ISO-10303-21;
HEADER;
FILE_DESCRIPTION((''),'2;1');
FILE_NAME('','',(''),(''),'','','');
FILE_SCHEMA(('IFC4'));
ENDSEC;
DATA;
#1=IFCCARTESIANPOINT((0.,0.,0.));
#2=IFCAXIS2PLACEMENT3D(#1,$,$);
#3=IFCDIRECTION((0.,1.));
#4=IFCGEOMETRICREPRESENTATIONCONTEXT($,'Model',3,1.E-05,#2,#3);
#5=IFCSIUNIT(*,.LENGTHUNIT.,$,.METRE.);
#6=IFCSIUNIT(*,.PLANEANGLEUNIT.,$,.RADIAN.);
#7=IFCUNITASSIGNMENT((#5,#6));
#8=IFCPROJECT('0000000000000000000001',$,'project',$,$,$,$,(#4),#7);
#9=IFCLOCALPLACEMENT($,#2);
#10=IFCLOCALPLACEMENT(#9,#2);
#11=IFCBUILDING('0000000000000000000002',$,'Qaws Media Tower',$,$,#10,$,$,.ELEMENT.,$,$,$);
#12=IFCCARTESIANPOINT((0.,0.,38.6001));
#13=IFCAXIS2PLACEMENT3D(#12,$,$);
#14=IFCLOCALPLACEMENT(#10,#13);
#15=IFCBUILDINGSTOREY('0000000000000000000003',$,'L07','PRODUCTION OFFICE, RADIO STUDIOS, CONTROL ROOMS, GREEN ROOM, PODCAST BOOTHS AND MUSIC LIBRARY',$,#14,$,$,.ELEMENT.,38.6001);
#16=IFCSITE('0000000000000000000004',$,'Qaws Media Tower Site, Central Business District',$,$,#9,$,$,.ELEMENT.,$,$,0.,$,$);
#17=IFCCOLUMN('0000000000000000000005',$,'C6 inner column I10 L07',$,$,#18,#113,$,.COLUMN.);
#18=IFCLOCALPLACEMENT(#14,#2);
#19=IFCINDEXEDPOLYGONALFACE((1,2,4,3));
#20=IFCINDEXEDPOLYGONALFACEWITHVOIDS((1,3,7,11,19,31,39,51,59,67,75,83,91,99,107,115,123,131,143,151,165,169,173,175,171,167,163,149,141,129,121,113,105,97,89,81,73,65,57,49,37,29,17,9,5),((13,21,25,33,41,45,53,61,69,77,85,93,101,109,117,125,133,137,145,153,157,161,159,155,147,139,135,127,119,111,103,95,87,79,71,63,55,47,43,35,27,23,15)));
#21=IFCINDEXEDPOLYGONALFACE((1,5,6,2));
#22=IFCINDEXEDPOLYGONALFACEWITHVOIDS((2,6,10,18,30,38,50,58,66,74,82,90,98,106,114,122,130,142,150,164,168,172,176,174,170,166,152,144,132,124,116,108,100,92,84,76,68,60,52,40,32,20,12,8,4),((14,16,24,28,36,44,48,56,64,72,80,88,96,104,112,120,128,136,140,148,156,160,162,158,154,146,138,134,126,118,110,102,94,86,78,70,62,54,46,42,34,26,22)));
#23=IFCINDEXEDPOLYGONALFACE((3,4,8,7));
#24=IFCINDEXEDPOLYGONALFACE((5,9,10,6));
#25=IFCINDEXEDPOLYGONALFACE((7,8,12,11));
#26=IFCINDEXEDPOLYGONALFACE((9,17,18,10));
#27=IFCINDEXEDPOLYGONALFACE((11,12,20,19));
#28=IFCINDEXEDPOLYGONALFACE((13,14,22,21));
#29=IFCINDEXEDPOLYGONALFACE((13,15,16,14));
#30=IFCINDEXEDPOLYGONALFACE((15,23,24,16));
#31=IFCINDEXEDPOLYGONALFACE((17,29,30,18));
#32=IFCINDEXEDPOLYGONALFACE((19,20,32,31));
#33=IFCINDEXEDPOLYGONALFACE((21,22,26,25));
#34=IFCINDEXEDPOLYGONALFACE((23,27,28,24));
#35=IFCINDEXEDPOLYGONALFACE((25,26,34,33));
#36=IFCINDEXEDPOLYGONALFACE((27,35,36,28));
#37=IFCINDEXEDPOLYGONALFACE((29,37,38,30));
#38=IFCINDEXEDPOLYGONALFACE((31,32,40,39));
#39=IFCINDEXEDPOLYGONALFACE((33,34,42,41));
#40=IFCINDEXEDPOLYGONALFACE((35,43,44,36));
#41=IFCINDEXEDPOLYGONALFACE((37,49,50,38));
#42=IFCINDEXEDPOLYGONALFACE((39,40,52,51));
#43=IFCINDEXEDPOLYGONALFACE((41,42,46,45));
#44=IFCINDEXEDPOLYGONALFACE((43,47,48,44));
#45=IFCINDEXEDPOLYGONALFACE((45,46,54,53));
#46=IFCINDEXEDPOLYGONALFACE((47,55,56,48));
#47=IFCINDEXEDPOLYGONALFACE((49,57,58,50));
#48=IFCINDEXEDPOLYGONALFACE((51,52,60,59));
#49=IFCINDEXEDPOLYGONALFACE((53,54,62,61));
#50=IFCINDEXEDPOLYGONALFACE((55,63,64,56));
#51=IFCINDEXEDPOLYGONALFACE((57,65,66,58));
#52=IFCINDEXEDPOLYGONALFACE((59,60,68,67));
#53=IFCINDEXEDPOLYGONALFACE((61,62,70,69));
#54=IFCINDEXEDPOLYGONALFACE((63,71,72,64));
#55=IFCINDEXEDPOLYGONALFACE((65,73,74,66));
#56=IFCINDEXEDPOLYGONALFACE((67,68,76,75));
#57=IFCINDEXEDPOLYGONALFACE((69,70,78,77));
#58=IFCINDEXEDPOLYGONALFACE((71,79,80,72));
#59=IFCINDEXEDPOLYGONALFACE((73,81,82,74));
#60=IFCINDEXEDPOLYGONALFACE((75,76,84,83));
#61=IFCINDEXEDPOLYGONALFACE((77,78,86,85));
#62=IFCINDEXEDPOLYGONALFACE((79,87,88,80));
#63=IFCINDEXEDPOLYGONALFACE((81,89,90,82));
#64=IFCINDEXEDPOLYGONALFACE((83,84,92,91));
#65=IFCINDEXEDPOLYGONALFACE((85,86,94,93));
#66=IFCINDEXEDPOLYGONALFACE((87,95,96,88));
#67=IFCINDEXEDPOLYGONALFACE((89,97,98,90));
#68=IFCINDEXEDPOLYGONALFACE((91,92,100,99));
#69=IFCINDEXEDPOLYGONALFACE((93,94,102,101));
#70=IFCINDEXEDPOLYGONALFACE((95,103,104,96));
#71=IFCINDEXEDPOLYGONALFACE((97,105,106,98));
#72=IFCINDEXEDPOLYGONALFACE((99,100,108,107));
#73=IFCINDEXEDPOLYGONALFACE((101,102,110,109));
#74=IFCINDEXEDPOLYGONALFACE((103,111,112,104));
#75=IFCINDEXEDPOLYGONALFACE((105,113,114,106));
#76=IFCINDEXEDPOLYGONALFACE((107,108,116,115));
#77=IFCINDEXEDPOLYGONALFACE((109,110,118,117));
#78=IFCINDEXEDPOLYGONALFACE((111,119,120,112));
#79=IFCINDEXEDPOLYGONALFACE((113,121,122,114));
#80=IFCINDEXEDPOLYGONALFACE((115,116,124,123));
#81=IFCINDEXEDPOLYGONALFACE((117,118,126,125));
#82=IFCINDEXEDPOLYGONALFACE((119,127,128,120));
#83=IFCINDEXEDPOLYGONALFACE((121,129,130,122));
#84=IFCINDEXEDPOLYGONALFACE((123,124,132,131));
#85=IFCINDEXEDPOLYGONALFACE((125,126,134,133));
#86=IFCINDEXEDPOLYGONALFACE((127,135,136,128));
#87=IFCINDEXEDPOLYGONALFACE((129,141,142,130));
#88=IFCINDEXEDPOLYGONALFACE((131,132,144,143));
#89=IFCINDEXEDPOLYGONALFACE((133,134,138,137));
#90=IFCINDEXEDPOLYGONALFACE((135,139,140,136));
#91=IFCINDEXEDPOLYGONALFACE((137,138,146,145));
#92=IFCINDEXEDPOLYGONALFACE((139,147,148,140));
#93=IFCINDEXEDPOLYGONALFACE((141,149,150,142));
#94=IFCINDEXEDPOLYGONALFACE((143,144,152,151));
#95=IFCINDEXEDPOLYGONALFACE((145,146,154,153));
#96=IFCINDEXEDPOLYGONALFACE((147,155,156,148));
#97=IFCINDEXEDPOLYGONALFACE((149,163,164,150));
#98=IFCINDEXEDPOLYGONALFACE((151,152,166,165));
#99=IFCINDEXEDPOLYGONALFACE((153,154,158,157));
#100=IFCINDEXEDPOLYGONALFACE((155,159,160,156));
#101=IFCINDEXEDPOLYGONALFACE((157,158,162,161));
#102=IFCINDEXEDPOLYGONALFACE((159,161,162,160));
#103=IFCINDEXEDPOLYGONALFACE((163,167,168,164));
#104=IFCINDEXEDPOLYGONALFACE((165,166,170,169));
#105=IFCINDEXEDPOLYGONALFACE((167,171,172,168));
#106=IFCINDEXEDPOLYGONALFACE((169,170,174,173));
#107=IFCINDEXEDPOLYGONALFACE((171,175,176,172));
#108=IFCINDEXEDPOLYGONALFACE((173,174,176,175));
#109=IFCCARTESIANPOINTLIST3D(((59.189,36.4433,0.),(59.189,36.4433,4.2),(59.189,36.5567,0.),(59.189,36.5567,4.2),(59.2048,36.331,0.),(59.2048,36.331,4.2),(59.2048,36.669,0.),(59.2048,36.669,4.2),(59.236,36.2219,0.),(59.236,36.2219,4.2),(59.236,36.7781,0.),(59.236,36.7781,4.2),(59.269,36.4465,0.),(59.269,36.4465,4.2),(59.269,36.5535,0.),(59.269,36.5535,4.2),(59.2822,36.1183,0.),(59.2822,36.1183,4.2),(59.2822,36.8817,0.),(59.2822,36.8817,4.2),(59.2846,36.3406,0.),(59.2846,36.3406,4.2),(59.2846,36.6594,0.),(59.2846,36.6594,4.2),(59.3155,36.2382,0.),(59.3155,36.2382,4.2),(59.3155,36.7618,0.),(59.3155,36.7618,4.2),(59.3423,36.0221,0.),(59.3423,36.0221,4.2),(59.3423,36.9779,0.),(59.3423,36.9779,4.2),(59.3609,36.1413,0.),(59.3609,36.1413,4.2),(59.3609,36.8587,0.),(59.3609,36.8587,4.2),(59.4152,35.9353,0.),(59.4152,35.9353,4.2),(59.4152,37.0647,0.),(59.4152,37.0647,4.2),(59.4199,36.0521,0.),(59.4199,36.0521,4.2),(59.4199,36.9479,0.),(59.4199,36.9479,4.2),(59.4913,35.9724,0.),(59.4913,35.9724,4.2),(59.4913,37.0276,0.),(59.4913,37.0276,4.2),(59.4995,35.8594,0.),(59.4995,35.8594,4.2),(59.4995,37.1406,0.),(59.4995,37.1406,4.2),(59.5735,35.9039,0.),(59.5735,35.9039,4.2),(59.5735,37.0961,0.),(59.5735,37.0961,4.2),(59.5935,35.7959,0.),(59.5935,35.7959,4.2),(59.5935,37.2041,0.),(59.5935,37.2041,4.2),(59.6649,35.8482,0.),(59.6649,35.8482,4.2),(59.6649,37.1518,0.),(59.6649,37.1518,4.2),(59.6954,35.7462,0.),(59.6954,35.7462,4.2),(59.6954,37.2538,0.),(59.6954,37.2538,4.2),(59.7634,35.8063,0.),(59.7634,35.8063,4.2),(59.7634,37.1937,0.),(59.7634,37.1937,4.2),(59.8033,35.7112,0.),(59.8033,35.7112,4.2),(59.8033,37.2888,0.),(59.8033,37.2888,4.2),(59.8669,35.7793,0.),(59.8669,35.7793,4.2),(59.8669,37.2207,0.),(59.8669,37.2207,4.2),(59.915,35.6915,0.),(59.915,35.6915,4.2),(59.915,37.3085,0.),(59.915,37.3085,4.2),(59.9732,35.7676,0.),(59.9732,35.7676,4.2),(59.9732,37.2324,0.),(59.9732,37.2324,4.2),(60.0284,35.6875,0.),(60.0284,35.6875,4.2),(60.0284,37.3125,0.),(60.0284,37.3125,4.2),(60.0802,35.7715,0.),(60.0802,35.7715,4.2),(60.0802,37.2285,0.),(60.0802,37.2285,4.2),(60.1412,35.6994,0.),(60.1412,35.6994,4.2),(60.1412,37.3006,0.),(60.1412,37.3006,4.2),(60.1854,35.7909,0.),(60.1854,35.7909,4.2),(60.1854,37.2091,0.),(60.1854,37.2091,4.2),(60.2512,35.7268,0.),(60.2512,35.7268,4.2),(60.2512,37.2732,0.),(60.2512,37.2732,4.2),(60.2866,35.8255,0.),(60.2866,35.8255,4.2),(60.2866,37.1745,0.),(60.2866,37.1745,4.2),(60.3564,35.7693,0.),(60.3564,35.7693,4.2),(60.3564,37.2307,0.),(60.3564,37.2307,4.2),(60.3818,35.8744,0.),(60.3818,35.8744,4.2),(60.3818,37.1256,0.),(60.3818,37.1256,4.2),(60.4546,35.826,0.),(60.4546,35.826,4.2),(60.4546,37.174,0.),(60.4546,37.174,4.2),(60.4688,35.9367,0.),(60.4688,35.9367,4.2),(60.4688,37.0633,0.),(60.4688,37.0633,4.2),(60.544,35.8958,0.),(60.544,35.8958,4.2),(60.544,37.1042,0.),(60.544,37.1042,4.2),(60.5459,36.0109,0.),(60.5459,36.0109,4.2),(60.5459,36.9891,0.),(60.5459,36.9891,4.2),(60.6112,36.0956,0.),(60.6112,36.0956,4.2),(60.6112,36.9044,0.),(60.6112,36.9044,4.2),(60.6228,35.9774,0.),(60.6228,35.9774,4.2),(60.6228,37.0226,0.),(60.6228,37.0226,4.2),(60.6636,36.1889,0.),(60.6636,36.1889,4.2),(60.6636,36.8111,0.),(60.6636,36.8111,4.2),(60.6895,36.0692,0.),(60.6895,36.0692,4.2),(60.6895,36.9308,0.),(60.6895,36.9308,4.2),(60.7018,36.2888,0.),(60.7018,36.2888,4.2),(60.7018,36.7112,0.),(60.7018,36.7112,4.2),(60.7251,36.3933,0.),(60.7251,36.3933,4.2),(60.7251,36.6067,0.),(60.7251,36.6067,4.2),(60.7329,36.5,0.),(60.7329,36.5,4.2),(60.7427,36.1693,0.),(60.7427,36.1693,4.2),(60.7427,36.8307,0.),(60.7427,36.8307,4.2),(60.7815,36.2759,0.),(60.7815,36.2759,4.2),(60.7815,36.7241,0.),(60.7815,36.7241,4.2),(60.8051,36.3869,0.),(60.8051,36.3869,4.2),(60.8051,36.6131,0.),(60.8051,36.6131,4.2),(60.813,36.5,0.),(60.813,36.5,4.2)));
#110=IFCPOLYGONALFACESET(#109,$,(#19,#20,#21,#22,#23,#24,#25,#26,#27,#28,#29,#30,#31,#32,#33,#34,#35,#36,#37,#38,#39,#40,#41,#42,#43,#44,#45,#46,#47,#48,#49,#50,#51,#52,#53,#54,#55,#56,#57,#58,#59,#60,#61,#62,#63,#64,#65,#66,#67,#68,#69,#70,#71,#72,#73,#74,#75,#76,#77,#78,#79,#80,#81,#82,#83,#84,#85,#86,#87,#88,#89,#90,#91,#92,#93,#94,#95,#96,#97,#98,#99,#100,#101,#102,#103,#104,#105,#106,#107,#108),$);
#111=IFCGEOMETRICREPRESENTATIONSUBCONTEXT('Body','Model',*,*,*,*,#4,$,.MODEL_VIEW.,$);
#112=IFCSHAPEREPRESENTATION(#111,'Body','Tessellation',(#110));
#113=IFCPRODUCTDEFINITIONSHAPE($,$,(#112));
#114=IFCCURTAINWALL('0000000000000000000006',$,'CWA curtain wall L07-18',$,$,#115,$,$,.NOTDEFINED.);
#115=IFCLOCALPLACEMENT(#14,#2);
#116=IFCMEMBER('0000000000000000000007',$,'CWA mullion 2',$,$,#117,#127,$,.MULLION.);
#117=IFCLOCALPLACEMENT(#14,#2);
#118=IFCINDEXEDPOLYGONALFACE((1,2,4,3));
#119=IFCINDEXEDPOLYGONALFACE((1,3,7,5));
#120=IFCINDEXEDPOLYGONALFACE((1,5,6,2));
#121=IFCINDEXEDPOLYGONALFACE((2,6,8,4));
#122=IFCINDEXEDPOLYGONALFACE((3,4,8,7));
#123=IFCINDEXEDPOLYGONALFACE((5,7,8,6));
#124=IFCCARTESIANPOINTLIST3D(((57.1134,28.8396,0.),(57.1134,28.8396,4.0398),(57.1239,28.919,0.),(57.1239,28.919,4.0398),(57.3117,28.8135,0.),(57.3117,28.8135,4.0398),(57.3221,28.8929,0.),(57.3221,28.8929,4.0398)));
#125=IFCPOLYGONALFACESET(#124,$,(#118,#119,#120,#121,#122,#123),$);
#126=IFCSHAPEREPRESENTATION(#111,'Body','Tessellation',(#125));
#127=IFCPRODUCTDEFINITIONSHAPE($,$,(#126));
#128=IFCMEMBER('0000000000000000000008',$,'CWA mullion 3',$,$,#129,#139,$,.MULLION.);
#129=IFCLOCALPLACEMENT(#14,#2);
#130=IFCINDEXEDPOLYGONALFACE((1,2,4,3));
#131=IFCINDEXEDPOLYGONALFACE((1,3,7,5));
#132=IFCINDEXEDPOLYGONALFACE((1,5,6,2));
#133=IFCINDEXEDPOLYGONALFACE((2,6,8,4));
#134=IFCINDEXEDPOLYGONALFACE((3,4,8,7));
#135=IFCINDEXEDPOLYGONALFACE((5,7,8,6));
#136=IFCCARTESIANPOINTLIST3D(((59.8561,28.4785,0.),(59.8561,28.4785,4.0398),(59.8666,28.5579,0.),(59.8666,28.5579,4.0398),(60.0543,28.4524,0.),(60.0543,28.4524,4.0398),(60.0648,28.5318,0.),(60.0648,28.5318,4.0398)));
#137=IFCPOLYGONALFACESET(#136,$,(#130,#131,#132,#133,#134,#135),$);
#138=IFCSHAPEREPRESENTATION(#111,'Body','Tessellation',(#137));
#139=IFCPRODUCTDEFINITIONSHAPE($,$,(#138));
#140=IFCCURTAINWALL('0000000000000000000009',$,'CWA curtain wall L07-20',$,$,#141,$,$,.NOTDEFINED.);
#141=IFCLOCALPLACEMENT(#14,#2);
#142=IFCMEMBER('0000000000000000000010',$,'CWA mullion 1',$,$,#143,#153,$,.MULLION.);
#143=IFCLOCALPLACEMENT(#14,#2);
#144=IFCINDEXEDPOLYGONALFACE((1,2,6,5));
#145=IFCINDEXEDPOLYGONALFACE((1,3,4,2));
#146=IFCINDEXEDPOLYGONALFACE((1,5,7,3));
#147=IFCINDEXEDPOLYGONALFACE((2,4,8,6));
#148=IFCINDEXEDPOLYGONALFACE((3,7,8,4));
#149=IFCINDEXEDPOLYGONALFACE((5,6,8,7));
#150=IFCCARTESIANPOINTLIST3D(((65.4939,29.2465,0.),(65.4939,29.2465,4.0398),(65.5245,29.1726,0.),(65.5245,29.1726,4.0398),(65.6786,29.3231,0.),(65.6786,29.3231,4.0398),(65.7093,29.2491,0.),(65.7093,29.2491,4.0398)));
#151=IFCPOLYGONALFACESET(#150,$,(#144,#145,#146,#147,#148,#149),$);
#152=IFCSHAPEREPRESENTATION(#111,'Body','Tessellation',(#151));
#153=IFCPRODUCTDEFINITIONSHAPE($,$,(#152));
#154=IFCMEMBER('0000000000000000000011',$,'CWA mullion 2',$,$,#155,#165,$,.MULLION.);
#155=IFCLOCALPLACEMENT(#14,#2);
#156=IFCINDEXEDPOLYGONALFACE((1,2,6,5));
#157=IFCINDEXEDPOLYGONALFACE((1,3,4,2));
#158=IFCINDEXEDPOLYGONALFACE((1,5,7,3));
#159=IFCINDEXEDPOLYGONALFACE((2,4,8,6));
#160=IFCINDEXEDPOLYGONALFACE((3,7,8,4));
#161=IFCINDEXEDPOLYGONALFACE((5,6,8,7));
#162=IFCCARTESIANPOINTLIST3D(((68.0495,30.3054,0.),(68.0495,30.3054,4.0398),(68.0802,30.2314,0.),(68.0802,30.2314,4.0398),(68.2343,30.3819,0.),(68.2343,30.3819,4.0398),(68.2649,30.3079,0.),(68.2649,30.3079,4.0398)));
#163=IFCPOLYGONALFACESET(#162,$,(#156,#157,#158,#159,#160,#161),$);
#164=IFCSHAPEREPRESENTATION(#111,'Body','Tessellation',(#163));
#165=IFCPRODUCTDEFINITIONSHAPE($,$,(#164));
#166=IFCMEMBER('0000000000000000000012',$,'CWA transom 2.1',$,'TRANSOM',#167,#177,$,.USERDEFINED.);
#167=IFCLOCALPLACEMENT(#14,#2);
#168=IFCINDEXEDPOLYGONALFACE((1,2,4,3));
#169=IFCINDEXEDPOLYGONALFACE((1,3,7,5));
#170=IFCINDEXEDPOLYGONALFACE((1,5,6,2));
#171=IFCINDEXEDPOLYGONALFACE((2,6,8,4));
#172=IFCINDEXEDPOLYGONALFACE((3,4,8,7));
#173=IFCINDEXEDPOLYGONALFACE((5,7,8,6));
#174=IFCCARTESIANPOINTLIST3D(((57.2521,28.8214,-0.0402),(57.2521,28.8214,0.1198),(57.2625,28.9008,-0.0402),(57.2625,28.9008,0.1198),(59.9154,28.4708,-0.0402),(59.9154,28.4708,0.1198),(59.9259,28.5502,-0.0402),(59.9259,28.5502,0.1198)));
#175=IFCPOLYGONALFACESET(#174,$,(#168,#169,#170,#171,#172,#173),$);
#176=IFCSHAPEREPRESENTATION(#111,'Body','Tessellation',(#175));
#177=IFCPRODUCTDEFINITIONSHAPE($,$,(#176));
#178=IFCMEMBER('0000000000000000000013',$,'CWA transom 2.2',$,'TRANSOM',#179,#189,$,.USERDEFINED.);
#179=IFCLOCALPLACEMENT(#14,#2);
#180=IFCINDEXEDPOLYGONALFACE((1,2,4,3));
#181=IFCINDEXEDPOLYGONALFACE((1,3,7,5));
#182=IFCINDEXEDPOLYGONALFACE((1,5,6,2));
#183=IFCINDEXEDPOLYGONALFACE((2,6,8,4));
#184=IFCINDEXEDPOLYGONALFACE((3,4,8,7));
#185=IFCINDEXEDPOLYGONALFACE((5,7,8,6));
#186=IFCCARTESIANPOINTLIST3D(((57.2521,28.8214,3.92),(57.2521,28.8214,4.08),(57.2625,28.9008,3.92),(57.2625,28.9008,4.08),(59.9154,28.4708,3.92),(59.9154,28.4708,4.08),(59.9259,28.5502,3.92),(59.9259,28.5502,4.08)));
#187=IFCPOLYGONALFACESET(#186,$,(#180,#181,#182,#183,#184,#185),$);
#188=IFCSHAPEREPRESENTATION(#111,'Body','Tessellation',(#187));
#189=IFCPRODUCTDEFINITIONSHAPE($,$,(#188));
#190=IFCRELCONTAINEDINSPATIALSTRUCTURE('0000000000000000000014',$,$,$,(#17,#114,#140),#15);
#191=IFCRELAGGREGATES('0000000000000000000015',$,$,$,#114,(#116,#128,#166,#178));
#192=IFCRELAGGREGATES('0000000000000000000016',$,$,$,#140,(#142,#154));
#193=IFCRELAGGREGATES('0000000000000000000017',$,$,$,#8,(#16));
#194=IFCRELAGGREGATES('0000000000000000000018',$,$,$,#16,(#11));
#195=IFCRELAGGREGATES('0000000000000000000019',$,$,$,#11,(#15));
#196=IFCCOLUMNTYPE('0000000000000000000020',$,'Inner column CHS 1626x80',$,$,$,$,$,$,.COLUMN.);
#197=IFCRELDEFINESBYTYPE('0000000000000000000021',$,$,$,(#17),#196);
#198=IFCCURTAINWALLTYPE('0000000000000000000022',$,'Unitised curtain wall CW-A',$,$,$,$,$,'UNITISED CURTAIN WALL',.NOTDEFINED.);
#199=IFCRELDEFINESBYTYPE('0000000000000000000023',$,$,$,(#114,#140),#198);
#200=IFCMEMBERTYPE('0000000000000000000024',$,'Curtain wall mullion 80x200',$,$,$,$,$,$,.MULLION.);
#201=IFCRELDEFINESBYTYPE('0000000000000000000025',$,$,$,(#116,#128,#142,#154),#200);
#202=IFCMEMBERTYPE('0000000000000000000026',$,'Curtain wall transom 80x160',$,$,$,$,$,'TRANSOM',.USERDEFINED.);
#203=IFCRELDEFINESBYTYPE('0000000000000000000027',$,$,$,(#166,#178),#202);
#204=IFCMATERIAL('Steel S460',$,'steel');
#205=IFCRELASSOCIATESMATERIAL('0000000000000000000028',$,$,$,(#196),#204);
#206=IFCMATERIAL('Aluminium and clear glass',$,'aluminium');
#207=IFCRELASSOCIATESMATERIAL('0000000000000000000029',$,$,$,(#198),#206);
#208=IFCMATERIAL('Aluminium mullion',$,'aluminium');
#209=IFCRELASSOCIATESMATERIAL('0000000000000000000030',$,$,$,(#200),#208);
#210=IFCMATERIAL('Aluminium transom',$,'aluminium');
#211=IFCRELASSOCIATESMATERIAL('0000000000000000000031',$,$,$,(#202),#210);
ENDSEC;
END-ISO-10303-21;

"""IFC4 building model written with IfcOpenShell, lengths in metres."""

from ifc_helpers import new_model, si_unit, direction, frame, origin, origin_2d, place, context, subcontext, project, spatial, rectangle, hollow_circle, extrude, material, material_profile, profile_set, type_object, element, aggregate, save


model = new_model("IFC4")

# Units and contexts
model_context = context("Model", 3, precision=1e-05, world=origin(), true_north=direction((0.0, 1.0)))
body_context = subcontext(model_context, "Body", "Model", "MODEL_VIEW")
ifc_project = project(units=[si_unit("LENGTHUNIT", "METRE"), si_unit("PLANEANGLEUNIT", "RADIAN")], contexts=[model_context])

# Site, building, storey
site_placement = place(None, origin())
site = spatial("IfcSite", under=ifc_project, at=site_placement, Name="Qaws Media Tower Site, Central Business District", CompositionType="ELEMENT", RefElevation=0.0)
building_placement = place(site_placement, origin())
building = spatial("IfcBuilding", under=site, at=building_placement, Name="Qaws Media Tower", CompositionType="ELEMENT")
storey_placement = place(building_placement, frame((0.0, 0.0, 38.6001)))
storey = spatial("IfcBuildingStorey", under=building, at=storey_placement, Name="L07", Description="PRODUCTION OFFICE, RADIO STUDIOS, CONTROL ROOMS, GREEN ROOM, PODCAST BOOTHS AND MUSIC LIBRARY", CompositionType="ELEMENT", Elevation=38.6001)

# Column
ifc_material_1 = material(Name="Steel S460", Category="steel")
ifc_material_profile_1 = material_profile(ifc_material_1, hollow_circle(Radius=0.813, WallThickness=0.0801, at=origin_2d()), Name="CHS 1626x80")
ifc_profile_set_1 = profile_set([ifc_material_profile_1], Name="Steel S460")
column_type = type_object("IfcColumnType", Name="Inner column CHS 1626x80", PredefinedType="COLUMN", material=ifc_profile_set_1)
column_placement = place(storey_placement, frame((60.0, 36.5, 0.0), z_axis=(0.0, 0.0, 1.0), x_axis=(1.0, 0.0, 0.0)))
element("IfcColumn", 1, at=column_placement, inside=storey, type_object=column_type, Name="C6 inner column I10 L07", PredefinedType="COLUMN", context=body_context, shape_type="SweptSolid", body=[
    extrude(hollow_circle(Radius=0.813, WallThickness=0.0801, at=origin_2d()), origin(), (0.0, 0.0, 1.0), 4.2),
])

# Curtain walls, members
ifc_material_2 = material(Name="Aluminium and clear glass", Category="aluminium")
curtain_wall_type = type_object("IfcCurtainWallType", Name="Unitised curtain wall CW-A", ElementType="UNITISED CURTAIN WALL", PredefinedType="NOTDEFINED", material=ifc_material_2)
curtain_wall_1_placement = place(storey_placement, origin())
curtain_wall_1 = element("IfcCurtainWall", 2, at=curtain_wall_1_placement, inside=storey, type_object=curtain_wall_type, Name="CWA curtain wall L07-18", PredefinedType="NOTDEFINED")
ifc_material_3 = material(Name="Aluminium mullion", Category="aluminium")
ifc_material_profile_2 = material_profile(ifc_material_3, rectangle(XDim=0.0801, YDim=0.2, at=origin_2d()), Name="80x200")
ifc_profile_set_2 = profile_set([ifc_material_profile_2], Name="Aluminium mullion")
member_type_1 = type_object("IfcMemberType", Name="Curtain wall mullion 80x200", PredefinedType="MULLION", material=ifc_profile_set_2)
member_1_placement = place(storey_placement, frame((57.2178, 28.8662, 0.0), z_axis=(0.0, 0.0, 1.0), x_axis=(0.130526, 0.991445, 0.0)))
member_1 = element("IfcMember", 3, at=member_1_placement, type_object=member_type_1, Name="CWA mullion 2", PredefinedType="MULLION", context=body_context, shape_type="SweptSolid", body=[
    extrude(rectangle(XDim=0.0801, YDim=0.2, at=origin_2d()), origin(), (0.0, 0.0, 1.0), 4.0398),
])
member_2_placement = place(storey_placement, frame((59.9604, 28.5051, 0.0), z_axis=(0.0, 0.0, 1.0), x_axis=(0.130526, 0.991445, 0.0)))
member_2 = element("IfcMember", 4, at=member_2_placement, type_object=member_type_1, Name="CWA mullion 3", PredefinedType="MULLION", context=body_context, shape_type="SweptSolid", body=[
    extrude(rectangle(XDim=0.0801, YDim=0.2, at=origin_2d()), origin(), (0.0, 0.0, 1.0), 4.0398),
])
curtain_wall_2_placement = place(storey_placement, origin())
curtain_wall_2 = element("IfcCurtainWall", 5, at=curtain_wall_2_placement, inside=storey, type_object=curtain_wall_type, Name="CWA curtain wall L07-20", PredefinedType="NOTDEFINED")
member_3_placement = place(storey_placement, frame((65.6016, 29.2478, 0.0), z_axis=(0.0, 0.0, 1.0), x_axis=(-0.382683, 0.92388, 0.0)))
member_3 = element("IfcMember", 6, at=member_3_placement, type_object=member_type_1, Name="CWA mullion 1", PredefinedType="MULLION", context=body_context, shape_type="SweptSolid", body=[
    extrude(rectangle(XDim=0.0801, YDim=0.2, at=origin_2d()), origin(), (0.0, 0.0, 1.0), 4.0398),
])
member_4_placement = place(storey_placement, frame((68.1572, 30.3066, 0.0), z_axis=(0.0, 0.0, 1.0), x_axis=(-0.382683, 0.92388, 0.0)))
member_4 = element("IfcMember", 7, at=member_4_placement, type_object=member_type_1, Name="CWA mullion 2", PredefinedType="MULLION", context=body_context, shape_type="SweptSolid", body=[
    extrude(rectangle(XDim=0.0801, YDim=0.2, at=origin_2d()), origin(), (0.0, 0.0, 1.0), 4.0398),
])

# Members
ifc_material_4 = material(Name="Aluminium transom", Category="aluminium")
ifc_material_profile_3 = material_profile(ifc_material_4, rectangle(XDim=0.0801, YDim=0.1599, at=origin_2d()), Name="80x160")
ifc_profile_set_3 = profile_set([ifc_material_profile_3], Name="Aluminium transom")
member_type_2 = type_object("IfcMemberType", Name="Curtain wall transom 80x160", ElementType="TRANSOM", PredefinedType="USERDEFINED", material=ifc_profile_set_3)
member_5_placement = place(storey_placement, frame((57.2573, 28.8611, 0.0398), z_axis=(0.991447, -0.130509, 0.0), x_axis=(0.130509, 0.991447, 0.0)))
member_5 = element("IfcMember", 8, at=member_5_placement, type_object=member_type_2, Name="CWA transom 2.1", ObjectType="TRANSOM", PredefinedType="USERDEFINED", context=body_context, shape_type="SweptSolid", body=[
    extrude(rectangle(XDim=0.0801, YDim=0.1599, at=origin_2d()), origin(), (0.0, 0.0, 1.0), 2.6863),
])
member_6_placement = place(storey_placement, frame((57.2573, 28.8611, 4.0), z_axis=(0.991447, -0.130509, 0.0), x_axis=(0.130509, 0.991447, 0.0)))
member_6 = element("IfcMember", 9, at=member_6_placement, type_object=member_type_2, Name="CWA transom 2.2", ObjectType="TRANSOM", PredefinedType="USERDEFINED", context=body_context, shape_type="SweptSolid", body=[
    extrude(rectangle(XDim=0.0801, YDim=0.1599, at=origin_2d()), origin(), (0.0, 0.0, 1.0), 2.6863),
])

aggregate(curtain_wall_1, [member_1, member_2, member_5, member_6])
aggregate(curtain_wall_2, [member_3, member_4])

save(model, "model.ifc")
